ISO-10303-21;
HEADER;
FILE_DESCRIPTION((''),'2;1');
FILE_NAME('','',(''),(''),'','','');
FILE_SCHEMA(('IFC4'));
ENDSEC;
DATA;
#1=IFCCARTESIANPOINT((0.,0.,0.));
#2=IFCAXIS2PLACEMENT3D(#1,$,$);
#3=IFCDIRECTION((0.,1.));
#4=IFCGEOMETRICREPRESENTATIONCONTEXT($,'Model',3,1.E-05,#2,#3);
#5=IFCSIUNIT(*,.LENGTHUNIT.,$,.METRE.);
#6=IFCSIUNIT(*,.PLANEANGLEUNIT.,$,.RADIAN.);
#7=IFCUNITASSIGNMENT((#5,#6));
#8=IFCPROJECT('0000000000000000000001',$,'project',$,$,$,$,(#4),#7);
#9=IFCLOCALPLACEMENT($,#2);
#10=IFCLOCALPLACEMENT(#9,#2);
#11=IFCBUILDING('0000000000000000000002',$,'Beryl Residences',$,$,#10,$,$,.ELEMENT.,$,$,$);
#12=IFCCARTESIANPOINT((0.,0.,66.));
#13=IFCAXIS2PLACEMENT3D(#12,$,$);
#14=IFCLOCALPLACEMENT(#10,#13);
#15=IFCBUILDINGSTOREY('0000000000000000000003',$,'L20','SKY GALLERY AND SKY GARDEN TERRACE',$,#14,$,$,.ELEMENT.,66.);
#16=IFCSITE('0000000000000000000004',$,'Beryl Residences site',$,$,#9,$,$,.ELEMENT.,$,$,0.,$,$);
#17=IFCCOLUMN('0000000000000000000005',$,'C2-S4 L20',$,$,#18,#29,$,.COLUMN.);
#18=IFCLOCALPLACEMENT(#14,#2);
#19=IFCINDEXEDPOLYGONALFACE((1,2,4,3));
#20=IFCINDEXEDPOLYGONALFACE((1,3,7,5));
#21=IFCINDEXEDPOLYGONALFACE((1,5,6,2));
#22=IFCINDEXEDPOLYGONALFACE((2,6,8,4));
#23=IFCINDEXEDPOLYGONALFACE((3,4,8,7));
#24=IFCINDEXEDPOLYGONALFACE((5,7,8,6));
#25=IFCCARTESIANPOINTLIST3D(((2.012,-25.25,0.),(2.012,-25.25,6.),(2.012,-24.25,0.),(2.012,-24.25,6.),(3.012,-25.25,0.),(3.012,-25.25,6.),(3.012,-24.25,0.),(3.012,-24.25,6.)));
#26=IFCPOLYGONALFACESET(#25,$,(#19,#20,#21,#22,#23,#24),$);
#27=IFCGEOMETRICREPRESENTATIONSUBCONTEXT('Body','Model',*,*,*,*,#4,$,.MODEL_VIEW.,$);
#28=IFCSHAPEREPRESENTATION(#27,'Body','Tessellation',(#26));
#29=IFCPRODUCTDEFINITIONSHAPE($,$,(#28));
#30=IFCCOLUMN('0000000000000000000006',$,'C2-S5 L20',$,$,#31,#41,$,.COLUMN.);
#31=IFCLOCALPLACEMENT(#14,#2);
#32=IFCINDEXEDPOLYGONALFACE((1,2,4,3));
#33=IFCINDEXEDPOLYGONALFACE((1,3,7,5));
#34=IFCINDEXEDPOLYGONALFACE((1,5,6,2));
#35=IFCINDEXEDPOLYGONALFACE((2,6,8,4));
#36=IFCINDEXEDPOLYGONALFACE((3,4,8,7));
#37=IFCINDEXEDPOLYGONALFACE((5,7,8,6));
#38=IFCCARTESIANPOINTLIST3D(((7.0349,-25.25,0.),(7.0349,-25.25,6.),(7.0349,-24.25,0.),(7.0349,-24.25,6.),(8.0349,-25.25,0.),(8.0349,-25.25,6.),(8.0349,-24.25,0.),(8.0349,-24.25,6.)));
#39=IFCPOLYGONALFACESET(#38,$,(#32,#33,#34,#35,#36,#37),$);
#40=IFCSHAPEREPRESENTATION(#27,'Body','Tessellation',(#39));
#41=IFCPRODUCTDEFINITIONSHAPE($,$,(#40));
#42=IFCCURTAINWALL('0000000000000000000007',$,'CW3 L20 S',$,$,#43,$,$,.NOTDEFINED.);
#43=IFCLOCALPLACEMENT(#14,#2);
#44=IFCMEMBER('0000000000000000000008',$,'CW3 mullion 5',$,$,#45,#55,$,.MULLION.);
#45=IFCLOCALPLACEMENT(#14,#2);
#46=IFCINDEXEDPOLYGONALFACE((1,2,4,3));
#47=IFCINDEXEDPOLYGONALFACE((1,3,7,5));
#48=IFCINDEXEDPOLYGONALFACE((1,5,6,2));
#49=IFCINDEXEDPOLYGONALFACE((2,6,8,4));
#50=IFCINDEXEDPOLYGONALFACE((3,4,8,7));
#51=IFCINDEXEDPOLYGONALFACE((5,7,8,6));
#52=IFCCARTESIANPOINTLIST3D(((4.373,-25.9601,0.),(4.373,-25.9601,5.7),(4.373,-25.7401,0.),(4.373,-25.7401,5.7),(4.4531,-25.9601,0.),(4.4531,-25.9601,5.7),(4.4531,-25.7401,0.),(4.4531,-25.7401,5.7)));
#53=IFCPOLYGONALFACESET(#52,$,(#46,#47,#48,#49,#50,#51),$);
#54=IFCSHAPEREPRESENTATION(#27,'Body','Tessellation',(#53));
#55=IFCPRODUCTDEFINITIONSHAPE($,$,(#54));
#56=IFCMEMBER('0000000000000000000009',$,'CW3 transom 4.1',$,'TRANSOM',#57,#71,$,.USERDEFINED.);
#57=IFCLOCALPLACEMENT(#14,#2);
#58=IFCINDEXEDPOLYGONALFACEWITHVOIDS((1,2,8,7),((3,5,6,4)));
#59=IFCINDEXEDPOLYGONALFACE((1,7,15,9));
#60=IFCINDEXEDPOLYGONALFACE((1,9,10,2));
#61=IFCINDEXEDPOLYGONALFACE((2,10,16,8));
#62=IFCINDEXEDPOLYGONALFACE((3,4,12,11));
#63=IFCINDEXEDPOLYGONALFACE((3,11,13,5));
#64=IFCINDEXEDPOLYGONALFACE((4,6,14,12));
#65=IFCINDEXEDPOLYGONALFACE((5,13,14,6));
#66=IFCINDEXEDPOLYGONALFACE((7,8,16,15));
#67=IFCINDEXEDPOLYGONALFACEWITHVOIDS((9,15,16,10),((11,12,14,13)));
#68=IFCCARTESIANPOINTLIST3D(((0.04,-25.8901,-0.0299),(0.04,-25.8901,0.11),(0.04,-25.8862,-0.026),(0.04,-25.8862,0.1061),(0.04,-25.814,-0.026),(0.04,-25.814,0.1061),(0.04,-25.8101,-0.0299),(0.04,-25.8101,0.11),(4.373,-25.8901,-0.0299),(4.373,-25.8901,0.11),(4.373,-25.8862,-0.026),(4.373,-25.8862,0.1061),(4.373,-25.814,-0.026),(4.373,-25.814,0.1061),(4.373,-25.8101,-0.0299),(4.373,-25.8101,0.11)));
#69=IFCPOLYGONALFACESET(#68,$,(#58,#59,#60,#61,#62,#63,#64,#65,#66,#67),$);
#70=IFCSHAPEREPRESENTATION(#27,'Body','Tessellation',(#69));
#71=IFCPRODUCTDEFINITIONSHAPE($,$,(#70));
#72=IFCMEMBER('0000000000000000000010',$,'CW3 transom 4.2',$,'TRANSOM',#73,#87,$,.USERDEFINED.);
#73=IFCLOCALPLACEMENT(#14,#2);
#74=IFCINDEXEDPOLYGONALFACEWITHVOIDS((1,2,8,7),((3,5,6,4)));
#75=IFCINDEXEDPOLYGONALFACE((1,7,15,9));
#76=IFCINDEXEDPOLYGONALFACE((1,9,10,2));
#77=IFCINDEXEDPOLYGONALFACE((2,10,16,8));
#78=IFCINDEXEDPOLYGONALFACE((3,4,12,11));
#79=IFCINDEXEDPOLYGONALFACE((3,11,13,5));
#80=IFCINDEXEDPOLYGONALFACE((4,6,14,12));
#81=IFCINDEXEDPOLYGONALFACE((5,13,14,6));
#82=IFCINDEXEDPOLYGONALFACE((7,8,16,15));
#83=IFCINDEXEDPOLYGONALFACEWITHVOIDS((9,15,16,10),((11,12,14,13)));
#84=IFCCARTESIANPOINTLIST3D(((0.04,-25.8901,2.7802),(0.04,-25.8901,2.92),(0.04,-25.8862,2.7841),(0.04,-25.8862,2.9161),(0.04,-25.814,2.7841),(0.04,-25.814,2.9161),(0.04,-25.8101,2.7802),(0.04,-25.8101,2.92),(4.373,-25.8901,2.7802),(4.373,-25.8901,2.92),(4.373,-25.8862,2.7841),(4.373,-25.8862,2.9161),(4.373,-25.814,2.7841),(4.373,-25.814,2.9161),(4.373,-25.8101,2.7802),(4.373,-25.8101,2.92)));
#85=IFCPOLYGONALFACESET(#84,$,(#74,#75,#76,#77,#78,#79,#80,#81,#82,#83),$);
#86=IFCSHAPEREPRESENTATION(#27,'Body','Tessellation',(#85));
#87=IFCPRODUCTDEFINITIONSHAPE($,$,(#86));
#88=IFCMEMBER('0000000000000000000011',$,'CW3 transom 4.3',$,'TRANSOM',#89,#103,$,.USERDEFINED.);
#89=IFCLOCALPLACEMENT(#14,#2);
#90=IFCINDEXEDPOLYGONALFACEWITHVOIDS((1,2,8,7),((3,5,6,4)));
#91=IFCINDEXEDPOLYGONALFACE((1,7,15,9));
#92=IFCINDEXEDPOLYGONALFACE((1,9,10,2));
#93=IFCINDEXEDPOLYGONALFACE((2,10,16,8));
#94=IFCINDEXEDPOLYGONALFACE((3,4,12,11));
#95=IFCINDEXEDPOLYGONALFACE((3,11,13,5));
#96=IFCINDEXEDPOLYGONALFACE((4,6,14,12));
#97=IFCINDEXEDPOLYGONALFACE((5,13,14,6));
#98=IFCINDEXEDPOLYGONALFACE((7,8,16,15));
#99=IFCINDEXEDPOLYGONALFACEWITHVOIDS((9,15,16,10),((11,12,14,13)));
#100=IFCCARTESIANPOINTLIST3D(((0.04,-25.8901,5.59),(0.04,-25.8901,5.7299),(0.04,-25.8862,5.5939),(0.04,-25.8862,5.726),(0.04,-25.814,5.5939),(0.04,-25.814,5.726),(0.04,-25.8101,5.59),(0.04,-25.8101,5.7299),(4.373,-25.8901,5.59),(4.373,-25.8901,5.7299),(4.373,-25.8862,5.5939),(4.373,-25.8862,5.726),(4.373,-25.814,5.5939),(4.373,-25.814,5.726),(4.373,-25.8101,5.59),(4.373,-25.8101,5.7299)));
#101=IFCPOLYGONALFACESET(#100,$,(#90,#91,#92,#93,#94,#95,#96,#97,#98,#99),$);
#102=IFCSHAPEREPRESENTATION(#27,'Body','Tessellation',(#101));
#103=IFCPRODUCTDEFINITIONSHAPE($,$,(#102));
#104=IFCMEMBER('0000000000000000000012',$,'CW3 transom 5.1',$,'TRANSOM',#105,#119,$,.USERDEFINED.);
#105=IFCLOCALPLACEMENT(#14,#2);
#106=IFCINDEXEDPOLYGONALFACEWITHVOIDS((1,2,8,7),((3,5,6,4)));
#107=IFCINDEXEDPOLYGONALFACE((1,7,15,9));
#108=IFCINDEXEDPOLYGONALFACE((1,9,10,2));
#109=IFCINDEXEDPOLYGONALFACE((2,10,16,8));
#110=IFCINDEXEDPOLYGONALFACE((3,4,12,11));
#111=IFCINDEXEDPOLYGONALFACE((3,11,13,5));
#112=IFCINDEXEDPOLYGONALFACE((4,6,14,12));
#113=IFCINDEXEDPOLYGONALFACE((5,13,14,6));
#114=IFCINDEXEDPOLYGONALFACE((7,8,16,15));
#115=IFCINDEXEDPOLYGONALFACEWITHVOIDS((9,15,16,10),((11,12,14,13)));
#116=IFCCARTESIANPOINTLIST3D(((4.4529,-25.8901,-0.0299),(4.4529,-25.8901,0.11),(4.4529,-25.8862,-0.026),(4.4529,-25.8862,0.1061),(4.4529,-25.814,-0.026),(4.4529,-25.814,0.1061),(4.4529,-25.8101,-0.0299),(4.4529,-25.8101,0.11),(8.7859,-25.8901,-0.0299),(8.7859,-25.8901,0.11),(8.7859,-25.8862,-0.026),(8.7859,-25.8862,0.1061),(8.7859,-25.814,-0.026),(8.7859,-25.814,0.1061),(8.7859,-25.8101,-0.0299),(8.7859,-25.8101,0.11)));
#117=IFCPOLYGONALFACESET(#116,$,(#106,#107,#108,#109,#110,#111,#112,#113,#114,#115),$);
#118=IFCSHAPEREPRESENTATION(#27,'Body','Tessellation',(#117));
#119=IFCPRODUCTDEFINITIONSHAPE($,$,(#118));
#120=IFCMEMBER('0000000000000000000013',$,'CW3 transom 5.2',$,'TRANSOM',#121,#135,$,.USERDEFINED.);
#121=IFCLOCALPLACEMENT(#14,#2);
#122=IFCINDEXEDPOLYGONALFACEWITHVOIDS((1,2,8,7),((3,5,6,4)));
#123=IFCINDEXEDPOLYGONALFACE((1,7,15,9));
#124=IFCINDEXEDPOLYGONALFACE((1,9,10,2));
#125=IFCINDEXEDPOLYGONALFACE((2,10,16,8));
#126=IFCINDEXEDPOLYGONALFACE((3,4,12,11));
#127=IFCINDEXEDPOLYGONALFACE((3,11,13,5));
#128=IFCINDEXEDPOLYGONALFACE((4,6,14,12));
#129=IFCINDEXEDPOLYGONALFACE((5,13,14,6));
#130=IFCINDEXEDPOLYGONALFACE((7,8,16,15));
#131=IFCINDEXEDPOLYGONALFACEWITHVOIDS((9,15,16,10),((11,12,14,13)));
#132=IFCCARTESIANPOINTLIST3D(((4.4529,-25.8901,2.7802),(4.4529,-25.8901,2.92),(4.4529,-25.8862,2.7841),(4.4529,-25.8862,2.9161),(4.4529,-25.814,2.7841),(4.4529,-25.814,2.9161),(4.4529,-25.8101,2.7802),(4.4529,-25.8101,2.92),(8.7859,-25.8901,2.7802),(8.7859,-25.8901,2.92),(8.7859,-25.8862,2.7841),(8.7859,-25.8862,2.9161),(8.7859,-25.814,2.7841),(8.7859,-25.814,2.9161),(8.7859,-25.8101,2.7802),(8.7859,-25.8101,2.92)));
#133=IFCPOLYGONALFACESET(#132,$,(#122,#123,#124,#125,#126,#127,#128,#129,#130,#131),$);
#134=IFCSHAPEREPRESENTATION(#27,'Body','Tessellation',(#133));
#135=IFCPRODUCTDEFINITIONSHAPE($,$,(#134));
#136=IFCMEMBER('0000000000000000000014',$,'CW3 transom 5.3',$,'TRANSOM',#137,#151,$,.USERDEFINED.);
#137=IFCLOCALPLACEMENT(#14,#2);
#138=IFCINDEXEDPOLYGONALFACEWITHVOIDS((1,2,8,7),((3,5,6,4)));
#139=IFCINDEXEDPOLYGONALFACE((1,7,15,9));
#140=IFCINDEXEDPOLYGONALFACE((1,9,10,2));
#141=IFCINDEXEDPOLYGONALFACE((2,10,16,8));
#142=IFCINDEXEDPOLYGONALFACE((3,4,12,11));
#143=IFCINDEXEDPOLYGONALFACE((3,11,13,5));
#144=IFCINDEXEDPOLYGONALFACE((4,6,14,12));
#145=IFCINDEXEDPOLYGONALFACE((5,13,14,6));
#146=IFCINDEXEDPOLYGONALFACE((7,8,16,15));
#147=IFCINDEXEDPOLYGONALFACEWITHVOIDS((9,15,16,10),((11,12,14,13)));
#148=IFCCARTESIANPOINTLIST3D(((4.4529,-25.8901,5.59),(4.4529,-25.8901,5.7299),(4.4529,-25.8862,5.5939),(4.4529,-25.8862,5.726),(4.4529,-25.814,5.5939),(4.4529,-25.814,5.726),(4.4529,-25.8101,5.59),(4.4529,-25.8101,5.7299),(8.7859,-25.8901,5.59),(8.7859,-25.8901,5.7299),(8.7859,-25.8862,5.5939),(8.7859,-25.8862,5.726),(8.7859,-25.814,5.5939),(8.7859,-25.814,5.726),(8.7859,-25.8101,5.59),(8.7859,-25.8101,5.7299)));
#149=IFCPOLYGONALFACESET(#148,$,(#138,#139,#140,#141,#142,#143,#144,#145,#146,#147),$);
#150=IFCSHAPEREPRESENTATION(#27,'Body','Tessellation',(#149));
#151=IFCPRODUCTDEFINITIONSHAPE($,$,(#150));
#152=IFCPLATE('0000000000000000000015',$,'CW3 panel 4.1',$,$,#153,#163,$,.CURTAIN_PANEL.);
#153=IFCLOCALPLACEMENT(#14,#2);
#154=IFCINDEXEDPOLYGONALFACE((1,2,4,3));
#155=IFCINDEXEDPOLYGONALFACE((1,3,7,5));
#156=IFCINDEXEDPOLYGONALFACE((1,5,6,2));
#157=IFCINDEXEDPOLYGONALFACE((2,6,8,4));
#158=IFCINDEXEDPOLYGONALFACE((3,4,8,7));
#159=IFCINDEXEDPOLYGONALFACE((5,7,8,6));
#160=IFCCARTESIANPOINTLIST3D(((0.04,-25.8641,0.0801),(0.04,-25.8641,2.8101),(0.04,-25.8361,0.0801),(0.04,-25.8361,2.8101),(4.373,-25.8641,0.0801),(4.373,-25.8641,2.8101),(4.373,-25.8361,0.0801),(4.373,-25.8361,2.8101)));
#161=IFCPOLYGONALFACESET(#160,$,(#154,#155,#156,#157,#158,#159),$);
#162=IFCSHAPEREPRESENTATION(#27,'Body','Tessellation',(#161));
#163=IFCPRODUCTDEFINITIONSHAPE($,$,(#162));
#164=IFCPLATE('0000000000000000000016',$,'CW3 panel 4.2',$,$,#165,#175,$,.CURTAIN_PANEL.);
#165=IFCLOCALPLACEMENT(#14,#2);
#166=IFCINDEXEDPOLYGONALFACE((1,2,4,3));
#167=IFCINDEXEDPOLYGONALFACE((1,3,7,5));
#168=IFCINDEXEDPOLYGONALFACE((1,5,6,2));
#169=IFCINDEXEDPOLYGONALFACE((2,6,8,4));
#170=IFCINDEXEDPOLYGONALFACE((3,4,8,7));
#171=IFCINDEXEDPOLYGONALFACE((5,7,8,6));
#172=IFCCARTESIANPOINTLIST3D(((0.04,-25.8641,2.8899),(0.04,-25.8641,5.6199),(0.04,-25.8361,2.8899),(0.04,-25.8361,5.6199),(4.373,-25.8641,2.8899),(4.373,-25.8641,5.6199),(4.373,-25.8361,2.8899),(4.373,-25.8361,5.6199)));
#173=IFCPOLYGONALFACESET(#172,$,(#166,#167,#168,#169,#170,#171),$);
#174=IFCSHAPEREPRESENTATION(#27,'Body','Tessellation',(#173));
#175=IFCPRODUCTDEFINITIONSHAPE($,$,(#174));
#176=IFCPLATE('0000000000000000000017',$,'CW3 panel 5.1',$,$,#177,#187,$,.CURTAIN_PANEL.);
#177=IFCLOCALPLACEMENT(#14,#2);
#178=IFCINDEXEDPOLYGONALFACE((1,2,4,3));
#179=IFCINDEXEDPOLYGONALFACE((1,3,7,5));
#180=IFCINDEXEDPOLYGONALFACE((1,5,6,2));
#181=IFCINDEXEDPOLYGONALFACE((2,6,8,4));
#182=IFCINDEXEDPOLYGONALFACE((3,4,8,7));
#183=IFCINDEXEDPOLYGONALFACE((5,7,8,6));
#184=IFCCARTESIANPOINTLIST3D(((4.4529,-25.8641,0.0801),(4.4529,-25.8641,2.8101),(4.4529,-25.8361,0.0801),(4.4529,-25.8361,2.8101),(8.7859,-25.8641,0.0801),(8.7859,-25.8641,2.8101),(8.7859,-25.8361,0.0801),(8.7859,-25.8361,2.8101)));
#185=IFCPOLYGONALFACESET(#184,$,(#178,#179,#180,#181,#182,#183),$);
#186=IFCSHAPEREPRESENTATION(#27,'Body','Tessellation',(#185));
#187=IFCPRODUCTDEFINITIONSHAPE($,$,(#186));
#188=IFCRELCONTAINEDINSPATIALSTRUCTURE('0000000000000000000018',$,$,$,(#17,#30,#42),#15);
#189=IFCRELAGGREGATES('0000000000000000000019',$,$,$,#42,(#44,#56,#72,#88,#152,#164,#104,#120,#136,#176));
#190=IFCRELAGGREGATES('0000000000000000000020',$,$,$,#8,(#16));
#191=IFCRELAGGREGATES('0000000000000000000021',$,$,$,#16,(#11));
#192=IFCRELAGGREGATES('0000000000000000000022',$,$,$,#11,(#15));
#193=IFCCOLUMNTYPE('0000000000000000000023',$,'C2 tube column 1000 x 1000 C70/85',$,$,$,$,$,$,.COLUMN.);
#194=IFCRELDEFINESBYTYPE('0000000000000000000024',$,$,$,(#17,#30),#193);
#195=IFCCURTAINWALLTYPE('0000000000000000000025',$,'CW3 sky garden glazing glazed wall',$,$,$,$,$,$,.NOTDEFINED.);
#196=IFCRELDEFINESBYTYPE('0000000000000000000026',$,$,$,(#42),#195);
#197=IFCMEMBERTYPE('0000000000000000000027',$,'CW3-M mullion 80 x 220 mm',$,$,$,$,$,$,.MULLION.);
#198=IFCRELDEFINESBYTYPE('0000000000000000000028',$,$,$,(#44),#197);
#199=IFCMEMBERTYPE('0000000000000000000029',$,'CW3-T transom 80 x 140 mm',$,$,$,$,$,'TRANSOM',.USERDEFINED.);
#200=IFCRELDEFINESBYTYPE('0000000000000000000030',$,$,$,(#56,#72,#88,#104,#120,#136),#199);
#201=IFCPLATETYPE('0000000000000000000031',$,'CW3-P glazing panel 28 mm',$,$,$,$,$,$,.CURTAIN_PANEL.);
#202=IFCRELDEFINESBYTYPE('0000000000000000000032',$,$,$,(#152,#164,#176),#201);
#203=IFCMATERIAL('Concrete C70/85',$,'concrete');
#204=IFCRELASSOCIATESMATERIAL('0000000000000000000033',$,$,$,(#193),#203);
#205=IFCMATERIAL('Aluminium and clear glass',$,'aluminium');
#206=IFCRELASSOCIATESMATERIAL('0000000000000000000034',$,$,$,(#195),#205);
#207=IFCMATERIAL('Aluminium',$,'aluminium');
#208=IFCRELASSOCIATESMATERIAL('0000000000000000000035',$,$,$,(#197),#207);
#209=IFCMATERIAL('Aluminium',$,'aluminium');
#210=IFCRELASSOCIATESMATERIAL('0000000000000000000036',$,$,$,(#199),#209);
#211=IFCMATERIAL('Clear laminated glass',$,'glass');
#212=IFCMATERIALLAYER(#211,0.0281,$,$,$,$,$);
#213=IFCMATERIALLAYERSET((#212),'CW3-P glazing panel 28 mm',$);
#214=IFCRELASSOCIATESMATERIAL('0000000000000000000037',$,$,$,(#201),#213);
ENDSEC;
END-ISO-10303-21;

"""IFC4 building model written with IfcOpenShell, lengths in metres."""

from ifc_helpers import new_model, si_unit, direction, frame, origin, origin_2d, place, context, subcontext, project, spatial, rectangle, hollow_rectangle, extrude, material, layer, layer_set, material_profile, profile_set, type_object, element, aggregate, save


model = new_model("IFC4")

# Units and contexts
model_context = context("Model", 3, precision=1e-05, world=origin(), true_north=direction((0.0, 1.0)))
body_context = subcontext(model_context, "Body", "Model", "MODEL_VIEW")
ifc_project = project(units=[si_unit("LENGTHUNIT", "METRE"), si_unit("PLANEANGLEUNIT", "RADIAN")], contexts=[model_context])

# Site, building, storey
site_placement = place(None, origin())
site = spatial("IfcSite", under=ifc_project, at=site_placement, Name="Beryl Residences site", CompositionType="ELEMENT", RefElevation=0.0)
building_placement = place(site_placement, origin())
building = spatial("IfcBuilding", under=site, at=building_placement, Name="Beryl Residences", CompositionType="ELEMENT")
storey_placement = place(building_placement, frame((0.0, 0.0, 66.0)))
storey = spatial("IfcBuildingStorey", under=building, at=storey_placement, Name="L20", Description="SKY GALLERY AND SKY GARDEN TERRACE", CompositionType="ELEMENT", Elevation=66.0)

# Columns
ifc_material_1 = material(Name="Concrete C70/85", Category="concrete")
ifc_material_profile_1 = material_profile(ifc_material_1, rectangle(XDim=1.0, YDim=1.0, at=origin_2d()))
ifc_profile_set_1 = profile_set([ifc_material_profile_1], Name="Concrete C70/85")
column_type = type_object("IfcColumnType", Name="C2 tube column 1000 x 1000 C70/85", PredefinedType="COLUMN", material=ifc_profile_set_1)
for number, where, z_axis, x_axis, name in (
    (1, (2.512, -24.75, 0.0), (0.0, 0.0, 1.0), (1.0, 0.0, 0.0), "C2-S4 L20"),
    (2, (7.5349, -24.75, 0.0), (0.0, 0.0, 1.0), (1.0, 0.0, 0.0), "C2-S5 L20"),
):
    element("IfcColumn", number, at=place(storey_placement, frame(where, z_axis=z_axis, x_axis=x_axis)), inside=storey, type_object=column_type, Name=name, PredefinedType="COLUMN", context=body_context, shape_type="SweptSolid", body=[
        extrude(rectangle(XDim=1.0, YDim=1.0, at=origin_2d()), origin(), (0.0, 0.0, 1.0), 6.0),
    ])

# Curtain wall, members, plates
ifc_material_2 = material(Name="Aluminium and clear glass", Category="aluminium")
curtain_wall_type = type_object("IfcCurtainWallType", Name="CW3 sky garden glazing glazed wall", PredefinedType="NOTDEFINED", material=ifc_material_2)
curtain_wall_placement = place(storey_placement, origin())
curtain_wall = element("IfcCurtainWall", 3, at=curtain_wall_placement, inside=storey, type_object=curtain_wall_type, Name="CW3 L20 S", PredefinedType="NOTDEFINED")
ifc_material_3 = material(Name="Aluminium", Category="aluminium")
ifc_material_profile_2 = material_profile(ifc_material_3, rectangle(XDim=0.0801, YDim=0.22, at=origin_2d()))
ifc_profile_set_2 = profile_set([ifc_material_profile_2], Name="Aluminium")
member_type_1 = type_object("IfcMemberType", Name="CW3-M mullion 80 x 220 mm", PredefinedType="MULLION", material=ifc_profile_set_2)
member_1_placement = place(storey_placement, frame((4.4131, -25.8501, 0.0), z_axis=(0.0, 0.0, 1.0), x_axis=(1.0, 0.0, 0.0)))
member_1 = element("IfcMember", 4, at=member_1_placement, type_object=member_type_1, Name="CW3 mullion 5", PredefinedType="MULLION", context=body_context, shape_type="SweptSolid", body=[
    extrude(rectangle(XDim=0.0801, YDim=0.22, at=origin_2d()), origin(), (0.0, 0.0, 1.0), 5.7),
])
ifc_material_4 = material(Name="Aluminium", Category="aluminium")
ifc_material_profile_3 = material_profile(ifc_material_4, hollow_rectangle(XDim=0.0801, YDim=0.1399, WallThickness=0.0039, at=origin_2d()))
ifc_profile_set_3 = profile_set([ifc_material_profile_3], Name="Aluminium")
member_type_2 = type_object("IfcMemberType", Name="CW3-T transom 80 x 140 mm", ElementType="TRANSOM", PredefinedType="USERDEFINED", material=ifc_profile_set_3)
member_2_placement = place(storey_placement, frame((0.04, -25.8501, 0.04), z_axis=(1.0, 0.0, 0.0), x_axis=(0.0, 1.0, 0.0)))
member_2 = element("IfcMember", 5, at=member_2_placement, type_object=member_type_2, Name="CW3 transom 4.1", ObjectType="TRANSOM", PredefinedType="USERDEFINED", context=body_context, shape_type="SweptSolid", body=[
    extrude(hollow_rectangle(XDim=0.0801, YDim=0.1399, WallThickness=0.0039, at=origin_2d()), origin(), (0.0, 0.0, 1.0), 4.333),
])
member_3_placement = place(storey_placement, frame((0.04, -25.8501, 2.8501), z_axis=(1.0, 0.0, 0.0), x_axis=(0.0, 1.0, 0.0)))
member_3 = element("IfcMember", 6, at=member_3_placement, type_object=member_type_2, Name="CW3 transom 4.2", ObjectType="TRANSOM", PredefinedType="USERDEFINED", context=body_context, shape_type="SweptSolid", body=[
    extrude(hollow_rectangle(XDim=0.0801, YDim=0.1399, WallThickness=0.0039, at=origin_2d()), origin(), (0.0, 0.0, 1.0), 4.333),
])
member_4_placement = place(storey_placement, frame((0.04, -25.8501, 5.6599), z_axis=(1.0, 0.0, 0.0), x_axis=(0.0, 1.0, 0.0)))
member_4 = element("IfcMember", 7, at=member_4_placement, type_object=member_type_2, Name="CW3 transom 4.3", ObjectType="TRANSOM", PredefinedType="USERDEFINED", context=body_context, shape_type="SweptSolid", body=[
    extrude(hollow_rectangle(XDim=0.0801, YDim=0.1399, WallThickness=0.0039, at=origin_2d()), origin(), (0.0, 0.0, 1.0), 4.333),
])
member_5_placement = place(storey_placement, frame((4.4529, -25.8501, 0.04), z_axis=(1.0, 0.0, 0.0), x_axis=(0.0, 1.0, 0.0)))
member_5 = element("IfcMember", 8, at=member_5_placement, type_object=member_type_2, Name="CW3 transom 5.1", ObjectType="TRANSOM", PredefinedType="USERDEFINED", context=body_context, shape_type="SweptSolid", body=[
    extrude(hollow_rectangle(XDim=0.0801, YDim=0.1399, WallThickness=0.0039, at=origin_2d()), origin(), (0.0, 0.0, 1.0), 4.333),
])
member_6_placement = place(storey_placement, frame((4.4529, -25.8501, 2.8501), z_axis=(1.0, 0.0, 0.0), x_axis=(0.0, 1.0, 0.0)))
member_6 = element("IfcMember", 9, at=member_6_placement, type_object=member_type_2, Name="CW3 transom 5.2", ObjectType="TRANSOM", PredefinedType="USERDEFINED", context=body_context, shape_type="SweptSolid", body=[
    extrude(hollow_rectangle(XDim=0.0801, YDim=0.1399, WallThickness=0.0039, at=origin_2d()), origin(), (0.0, 0.0, 1.0), 4.333),
])
member_7_placement = place(storey_placement, frame((4.4529, -25.8501, 5.6599), z_axis=(1.0, 0.0, 0.0), x_axis=(0.0, 1.0, 0.0)))
member_7 = element("IfcMember", 10, at=member_7_placement, type_object=member_type_2, Name="CW3 transom 5.3", ObjectType="TRANSOM", PredefinedType="USERDEFINED", context=body_context, shape_type="SweptSolid", body=[
    extrude(hollow_rectangle(XDim=0.0801, YDim=0.1399, WallThickness=0.0039, at=origin_2d()), origin(), (0.0, 0.0, 1.0), 4.333),
])
ifc_material_5 = material(Name="Clear laminated glass", Category="glass")
ifc_layer_1 = layer(ifc_material_5, 0.0281)
ifc_layer_set_1 = layer_set([ifc_layer_1], Name="CW3-P glazing panel 28 mm")
plate_type = type_object("IfcPlateType", Name="CW3-P glazing panel 28 mm", PredefinedType="CURTAIN_PANEL", material=ifc_layer_set_1)
plate_1_placement = place(storey_placement, frame((2.2065, -25.8501, 0.0801), z_axis=(0.0, 0.0, 1.0), x_axis=(1.0, 0.0, 0.0)))
plate_1 = element("IfcPlate", 11, at=plate_1_placement, type_object=plate_type, Name="CW3 panel 4.1", PredefinedType="CURTAIN_PANEL", context=body_context, shape_type="SweptSolid", body=[
    extrude(rectangle(XDim=4.333, YDim=0.0281, at=origin_2d()), origin(), (0.0, 0.0, 1.0), 2.73),
])
plate_2_placement = place(storey_placement, frame((2.2065, -25.8501, 2.8899), z_axis=(0.0, 0.0, 1.0), x_axis=(1.0, 0.0, 0.0)))
plate_2 = element("IfcPlate", 12, at=plate_2_placement, type_object=plate_type, Name="CW3 panel 4.2", PredefinedType="CURTAIN_PANEL", context=body_context, shape_type="SweptSolid", body=[
    extrude(rectangle(XDim=4.333, YDim=0.0281, at=origin_2d()), origin(), (0.0, 0.0, 1.0), 2.73),
])
plate_3_placement = place(storey_placement, frame((6.6194, -25.8501, 0.0801), z_axis=(0.0, 0.0, 1.0), x_axis=(1.0, 0.0, 0.0)))
plate_3 = element("IfcPlate", 13, at=plate_3_placement, type_object=plate_type, Name="CW3 panel 5.1", PredefinedType="CURTAIN_PANEL", context=body_context, shape_type="SweptSolid", body=[
    extrude(rectangle(XDim=4.333, YDim=0.0281, at=origin_2d()), origin(), (0.0, 0.0, 1.0), 2.73),
])
aggregate(curtain_wall, [member_1, member_2, member_3, member_4, plate_1, plate_2, member_5, member_6, member_7, plate_3])

save(model, "model.ifc")
